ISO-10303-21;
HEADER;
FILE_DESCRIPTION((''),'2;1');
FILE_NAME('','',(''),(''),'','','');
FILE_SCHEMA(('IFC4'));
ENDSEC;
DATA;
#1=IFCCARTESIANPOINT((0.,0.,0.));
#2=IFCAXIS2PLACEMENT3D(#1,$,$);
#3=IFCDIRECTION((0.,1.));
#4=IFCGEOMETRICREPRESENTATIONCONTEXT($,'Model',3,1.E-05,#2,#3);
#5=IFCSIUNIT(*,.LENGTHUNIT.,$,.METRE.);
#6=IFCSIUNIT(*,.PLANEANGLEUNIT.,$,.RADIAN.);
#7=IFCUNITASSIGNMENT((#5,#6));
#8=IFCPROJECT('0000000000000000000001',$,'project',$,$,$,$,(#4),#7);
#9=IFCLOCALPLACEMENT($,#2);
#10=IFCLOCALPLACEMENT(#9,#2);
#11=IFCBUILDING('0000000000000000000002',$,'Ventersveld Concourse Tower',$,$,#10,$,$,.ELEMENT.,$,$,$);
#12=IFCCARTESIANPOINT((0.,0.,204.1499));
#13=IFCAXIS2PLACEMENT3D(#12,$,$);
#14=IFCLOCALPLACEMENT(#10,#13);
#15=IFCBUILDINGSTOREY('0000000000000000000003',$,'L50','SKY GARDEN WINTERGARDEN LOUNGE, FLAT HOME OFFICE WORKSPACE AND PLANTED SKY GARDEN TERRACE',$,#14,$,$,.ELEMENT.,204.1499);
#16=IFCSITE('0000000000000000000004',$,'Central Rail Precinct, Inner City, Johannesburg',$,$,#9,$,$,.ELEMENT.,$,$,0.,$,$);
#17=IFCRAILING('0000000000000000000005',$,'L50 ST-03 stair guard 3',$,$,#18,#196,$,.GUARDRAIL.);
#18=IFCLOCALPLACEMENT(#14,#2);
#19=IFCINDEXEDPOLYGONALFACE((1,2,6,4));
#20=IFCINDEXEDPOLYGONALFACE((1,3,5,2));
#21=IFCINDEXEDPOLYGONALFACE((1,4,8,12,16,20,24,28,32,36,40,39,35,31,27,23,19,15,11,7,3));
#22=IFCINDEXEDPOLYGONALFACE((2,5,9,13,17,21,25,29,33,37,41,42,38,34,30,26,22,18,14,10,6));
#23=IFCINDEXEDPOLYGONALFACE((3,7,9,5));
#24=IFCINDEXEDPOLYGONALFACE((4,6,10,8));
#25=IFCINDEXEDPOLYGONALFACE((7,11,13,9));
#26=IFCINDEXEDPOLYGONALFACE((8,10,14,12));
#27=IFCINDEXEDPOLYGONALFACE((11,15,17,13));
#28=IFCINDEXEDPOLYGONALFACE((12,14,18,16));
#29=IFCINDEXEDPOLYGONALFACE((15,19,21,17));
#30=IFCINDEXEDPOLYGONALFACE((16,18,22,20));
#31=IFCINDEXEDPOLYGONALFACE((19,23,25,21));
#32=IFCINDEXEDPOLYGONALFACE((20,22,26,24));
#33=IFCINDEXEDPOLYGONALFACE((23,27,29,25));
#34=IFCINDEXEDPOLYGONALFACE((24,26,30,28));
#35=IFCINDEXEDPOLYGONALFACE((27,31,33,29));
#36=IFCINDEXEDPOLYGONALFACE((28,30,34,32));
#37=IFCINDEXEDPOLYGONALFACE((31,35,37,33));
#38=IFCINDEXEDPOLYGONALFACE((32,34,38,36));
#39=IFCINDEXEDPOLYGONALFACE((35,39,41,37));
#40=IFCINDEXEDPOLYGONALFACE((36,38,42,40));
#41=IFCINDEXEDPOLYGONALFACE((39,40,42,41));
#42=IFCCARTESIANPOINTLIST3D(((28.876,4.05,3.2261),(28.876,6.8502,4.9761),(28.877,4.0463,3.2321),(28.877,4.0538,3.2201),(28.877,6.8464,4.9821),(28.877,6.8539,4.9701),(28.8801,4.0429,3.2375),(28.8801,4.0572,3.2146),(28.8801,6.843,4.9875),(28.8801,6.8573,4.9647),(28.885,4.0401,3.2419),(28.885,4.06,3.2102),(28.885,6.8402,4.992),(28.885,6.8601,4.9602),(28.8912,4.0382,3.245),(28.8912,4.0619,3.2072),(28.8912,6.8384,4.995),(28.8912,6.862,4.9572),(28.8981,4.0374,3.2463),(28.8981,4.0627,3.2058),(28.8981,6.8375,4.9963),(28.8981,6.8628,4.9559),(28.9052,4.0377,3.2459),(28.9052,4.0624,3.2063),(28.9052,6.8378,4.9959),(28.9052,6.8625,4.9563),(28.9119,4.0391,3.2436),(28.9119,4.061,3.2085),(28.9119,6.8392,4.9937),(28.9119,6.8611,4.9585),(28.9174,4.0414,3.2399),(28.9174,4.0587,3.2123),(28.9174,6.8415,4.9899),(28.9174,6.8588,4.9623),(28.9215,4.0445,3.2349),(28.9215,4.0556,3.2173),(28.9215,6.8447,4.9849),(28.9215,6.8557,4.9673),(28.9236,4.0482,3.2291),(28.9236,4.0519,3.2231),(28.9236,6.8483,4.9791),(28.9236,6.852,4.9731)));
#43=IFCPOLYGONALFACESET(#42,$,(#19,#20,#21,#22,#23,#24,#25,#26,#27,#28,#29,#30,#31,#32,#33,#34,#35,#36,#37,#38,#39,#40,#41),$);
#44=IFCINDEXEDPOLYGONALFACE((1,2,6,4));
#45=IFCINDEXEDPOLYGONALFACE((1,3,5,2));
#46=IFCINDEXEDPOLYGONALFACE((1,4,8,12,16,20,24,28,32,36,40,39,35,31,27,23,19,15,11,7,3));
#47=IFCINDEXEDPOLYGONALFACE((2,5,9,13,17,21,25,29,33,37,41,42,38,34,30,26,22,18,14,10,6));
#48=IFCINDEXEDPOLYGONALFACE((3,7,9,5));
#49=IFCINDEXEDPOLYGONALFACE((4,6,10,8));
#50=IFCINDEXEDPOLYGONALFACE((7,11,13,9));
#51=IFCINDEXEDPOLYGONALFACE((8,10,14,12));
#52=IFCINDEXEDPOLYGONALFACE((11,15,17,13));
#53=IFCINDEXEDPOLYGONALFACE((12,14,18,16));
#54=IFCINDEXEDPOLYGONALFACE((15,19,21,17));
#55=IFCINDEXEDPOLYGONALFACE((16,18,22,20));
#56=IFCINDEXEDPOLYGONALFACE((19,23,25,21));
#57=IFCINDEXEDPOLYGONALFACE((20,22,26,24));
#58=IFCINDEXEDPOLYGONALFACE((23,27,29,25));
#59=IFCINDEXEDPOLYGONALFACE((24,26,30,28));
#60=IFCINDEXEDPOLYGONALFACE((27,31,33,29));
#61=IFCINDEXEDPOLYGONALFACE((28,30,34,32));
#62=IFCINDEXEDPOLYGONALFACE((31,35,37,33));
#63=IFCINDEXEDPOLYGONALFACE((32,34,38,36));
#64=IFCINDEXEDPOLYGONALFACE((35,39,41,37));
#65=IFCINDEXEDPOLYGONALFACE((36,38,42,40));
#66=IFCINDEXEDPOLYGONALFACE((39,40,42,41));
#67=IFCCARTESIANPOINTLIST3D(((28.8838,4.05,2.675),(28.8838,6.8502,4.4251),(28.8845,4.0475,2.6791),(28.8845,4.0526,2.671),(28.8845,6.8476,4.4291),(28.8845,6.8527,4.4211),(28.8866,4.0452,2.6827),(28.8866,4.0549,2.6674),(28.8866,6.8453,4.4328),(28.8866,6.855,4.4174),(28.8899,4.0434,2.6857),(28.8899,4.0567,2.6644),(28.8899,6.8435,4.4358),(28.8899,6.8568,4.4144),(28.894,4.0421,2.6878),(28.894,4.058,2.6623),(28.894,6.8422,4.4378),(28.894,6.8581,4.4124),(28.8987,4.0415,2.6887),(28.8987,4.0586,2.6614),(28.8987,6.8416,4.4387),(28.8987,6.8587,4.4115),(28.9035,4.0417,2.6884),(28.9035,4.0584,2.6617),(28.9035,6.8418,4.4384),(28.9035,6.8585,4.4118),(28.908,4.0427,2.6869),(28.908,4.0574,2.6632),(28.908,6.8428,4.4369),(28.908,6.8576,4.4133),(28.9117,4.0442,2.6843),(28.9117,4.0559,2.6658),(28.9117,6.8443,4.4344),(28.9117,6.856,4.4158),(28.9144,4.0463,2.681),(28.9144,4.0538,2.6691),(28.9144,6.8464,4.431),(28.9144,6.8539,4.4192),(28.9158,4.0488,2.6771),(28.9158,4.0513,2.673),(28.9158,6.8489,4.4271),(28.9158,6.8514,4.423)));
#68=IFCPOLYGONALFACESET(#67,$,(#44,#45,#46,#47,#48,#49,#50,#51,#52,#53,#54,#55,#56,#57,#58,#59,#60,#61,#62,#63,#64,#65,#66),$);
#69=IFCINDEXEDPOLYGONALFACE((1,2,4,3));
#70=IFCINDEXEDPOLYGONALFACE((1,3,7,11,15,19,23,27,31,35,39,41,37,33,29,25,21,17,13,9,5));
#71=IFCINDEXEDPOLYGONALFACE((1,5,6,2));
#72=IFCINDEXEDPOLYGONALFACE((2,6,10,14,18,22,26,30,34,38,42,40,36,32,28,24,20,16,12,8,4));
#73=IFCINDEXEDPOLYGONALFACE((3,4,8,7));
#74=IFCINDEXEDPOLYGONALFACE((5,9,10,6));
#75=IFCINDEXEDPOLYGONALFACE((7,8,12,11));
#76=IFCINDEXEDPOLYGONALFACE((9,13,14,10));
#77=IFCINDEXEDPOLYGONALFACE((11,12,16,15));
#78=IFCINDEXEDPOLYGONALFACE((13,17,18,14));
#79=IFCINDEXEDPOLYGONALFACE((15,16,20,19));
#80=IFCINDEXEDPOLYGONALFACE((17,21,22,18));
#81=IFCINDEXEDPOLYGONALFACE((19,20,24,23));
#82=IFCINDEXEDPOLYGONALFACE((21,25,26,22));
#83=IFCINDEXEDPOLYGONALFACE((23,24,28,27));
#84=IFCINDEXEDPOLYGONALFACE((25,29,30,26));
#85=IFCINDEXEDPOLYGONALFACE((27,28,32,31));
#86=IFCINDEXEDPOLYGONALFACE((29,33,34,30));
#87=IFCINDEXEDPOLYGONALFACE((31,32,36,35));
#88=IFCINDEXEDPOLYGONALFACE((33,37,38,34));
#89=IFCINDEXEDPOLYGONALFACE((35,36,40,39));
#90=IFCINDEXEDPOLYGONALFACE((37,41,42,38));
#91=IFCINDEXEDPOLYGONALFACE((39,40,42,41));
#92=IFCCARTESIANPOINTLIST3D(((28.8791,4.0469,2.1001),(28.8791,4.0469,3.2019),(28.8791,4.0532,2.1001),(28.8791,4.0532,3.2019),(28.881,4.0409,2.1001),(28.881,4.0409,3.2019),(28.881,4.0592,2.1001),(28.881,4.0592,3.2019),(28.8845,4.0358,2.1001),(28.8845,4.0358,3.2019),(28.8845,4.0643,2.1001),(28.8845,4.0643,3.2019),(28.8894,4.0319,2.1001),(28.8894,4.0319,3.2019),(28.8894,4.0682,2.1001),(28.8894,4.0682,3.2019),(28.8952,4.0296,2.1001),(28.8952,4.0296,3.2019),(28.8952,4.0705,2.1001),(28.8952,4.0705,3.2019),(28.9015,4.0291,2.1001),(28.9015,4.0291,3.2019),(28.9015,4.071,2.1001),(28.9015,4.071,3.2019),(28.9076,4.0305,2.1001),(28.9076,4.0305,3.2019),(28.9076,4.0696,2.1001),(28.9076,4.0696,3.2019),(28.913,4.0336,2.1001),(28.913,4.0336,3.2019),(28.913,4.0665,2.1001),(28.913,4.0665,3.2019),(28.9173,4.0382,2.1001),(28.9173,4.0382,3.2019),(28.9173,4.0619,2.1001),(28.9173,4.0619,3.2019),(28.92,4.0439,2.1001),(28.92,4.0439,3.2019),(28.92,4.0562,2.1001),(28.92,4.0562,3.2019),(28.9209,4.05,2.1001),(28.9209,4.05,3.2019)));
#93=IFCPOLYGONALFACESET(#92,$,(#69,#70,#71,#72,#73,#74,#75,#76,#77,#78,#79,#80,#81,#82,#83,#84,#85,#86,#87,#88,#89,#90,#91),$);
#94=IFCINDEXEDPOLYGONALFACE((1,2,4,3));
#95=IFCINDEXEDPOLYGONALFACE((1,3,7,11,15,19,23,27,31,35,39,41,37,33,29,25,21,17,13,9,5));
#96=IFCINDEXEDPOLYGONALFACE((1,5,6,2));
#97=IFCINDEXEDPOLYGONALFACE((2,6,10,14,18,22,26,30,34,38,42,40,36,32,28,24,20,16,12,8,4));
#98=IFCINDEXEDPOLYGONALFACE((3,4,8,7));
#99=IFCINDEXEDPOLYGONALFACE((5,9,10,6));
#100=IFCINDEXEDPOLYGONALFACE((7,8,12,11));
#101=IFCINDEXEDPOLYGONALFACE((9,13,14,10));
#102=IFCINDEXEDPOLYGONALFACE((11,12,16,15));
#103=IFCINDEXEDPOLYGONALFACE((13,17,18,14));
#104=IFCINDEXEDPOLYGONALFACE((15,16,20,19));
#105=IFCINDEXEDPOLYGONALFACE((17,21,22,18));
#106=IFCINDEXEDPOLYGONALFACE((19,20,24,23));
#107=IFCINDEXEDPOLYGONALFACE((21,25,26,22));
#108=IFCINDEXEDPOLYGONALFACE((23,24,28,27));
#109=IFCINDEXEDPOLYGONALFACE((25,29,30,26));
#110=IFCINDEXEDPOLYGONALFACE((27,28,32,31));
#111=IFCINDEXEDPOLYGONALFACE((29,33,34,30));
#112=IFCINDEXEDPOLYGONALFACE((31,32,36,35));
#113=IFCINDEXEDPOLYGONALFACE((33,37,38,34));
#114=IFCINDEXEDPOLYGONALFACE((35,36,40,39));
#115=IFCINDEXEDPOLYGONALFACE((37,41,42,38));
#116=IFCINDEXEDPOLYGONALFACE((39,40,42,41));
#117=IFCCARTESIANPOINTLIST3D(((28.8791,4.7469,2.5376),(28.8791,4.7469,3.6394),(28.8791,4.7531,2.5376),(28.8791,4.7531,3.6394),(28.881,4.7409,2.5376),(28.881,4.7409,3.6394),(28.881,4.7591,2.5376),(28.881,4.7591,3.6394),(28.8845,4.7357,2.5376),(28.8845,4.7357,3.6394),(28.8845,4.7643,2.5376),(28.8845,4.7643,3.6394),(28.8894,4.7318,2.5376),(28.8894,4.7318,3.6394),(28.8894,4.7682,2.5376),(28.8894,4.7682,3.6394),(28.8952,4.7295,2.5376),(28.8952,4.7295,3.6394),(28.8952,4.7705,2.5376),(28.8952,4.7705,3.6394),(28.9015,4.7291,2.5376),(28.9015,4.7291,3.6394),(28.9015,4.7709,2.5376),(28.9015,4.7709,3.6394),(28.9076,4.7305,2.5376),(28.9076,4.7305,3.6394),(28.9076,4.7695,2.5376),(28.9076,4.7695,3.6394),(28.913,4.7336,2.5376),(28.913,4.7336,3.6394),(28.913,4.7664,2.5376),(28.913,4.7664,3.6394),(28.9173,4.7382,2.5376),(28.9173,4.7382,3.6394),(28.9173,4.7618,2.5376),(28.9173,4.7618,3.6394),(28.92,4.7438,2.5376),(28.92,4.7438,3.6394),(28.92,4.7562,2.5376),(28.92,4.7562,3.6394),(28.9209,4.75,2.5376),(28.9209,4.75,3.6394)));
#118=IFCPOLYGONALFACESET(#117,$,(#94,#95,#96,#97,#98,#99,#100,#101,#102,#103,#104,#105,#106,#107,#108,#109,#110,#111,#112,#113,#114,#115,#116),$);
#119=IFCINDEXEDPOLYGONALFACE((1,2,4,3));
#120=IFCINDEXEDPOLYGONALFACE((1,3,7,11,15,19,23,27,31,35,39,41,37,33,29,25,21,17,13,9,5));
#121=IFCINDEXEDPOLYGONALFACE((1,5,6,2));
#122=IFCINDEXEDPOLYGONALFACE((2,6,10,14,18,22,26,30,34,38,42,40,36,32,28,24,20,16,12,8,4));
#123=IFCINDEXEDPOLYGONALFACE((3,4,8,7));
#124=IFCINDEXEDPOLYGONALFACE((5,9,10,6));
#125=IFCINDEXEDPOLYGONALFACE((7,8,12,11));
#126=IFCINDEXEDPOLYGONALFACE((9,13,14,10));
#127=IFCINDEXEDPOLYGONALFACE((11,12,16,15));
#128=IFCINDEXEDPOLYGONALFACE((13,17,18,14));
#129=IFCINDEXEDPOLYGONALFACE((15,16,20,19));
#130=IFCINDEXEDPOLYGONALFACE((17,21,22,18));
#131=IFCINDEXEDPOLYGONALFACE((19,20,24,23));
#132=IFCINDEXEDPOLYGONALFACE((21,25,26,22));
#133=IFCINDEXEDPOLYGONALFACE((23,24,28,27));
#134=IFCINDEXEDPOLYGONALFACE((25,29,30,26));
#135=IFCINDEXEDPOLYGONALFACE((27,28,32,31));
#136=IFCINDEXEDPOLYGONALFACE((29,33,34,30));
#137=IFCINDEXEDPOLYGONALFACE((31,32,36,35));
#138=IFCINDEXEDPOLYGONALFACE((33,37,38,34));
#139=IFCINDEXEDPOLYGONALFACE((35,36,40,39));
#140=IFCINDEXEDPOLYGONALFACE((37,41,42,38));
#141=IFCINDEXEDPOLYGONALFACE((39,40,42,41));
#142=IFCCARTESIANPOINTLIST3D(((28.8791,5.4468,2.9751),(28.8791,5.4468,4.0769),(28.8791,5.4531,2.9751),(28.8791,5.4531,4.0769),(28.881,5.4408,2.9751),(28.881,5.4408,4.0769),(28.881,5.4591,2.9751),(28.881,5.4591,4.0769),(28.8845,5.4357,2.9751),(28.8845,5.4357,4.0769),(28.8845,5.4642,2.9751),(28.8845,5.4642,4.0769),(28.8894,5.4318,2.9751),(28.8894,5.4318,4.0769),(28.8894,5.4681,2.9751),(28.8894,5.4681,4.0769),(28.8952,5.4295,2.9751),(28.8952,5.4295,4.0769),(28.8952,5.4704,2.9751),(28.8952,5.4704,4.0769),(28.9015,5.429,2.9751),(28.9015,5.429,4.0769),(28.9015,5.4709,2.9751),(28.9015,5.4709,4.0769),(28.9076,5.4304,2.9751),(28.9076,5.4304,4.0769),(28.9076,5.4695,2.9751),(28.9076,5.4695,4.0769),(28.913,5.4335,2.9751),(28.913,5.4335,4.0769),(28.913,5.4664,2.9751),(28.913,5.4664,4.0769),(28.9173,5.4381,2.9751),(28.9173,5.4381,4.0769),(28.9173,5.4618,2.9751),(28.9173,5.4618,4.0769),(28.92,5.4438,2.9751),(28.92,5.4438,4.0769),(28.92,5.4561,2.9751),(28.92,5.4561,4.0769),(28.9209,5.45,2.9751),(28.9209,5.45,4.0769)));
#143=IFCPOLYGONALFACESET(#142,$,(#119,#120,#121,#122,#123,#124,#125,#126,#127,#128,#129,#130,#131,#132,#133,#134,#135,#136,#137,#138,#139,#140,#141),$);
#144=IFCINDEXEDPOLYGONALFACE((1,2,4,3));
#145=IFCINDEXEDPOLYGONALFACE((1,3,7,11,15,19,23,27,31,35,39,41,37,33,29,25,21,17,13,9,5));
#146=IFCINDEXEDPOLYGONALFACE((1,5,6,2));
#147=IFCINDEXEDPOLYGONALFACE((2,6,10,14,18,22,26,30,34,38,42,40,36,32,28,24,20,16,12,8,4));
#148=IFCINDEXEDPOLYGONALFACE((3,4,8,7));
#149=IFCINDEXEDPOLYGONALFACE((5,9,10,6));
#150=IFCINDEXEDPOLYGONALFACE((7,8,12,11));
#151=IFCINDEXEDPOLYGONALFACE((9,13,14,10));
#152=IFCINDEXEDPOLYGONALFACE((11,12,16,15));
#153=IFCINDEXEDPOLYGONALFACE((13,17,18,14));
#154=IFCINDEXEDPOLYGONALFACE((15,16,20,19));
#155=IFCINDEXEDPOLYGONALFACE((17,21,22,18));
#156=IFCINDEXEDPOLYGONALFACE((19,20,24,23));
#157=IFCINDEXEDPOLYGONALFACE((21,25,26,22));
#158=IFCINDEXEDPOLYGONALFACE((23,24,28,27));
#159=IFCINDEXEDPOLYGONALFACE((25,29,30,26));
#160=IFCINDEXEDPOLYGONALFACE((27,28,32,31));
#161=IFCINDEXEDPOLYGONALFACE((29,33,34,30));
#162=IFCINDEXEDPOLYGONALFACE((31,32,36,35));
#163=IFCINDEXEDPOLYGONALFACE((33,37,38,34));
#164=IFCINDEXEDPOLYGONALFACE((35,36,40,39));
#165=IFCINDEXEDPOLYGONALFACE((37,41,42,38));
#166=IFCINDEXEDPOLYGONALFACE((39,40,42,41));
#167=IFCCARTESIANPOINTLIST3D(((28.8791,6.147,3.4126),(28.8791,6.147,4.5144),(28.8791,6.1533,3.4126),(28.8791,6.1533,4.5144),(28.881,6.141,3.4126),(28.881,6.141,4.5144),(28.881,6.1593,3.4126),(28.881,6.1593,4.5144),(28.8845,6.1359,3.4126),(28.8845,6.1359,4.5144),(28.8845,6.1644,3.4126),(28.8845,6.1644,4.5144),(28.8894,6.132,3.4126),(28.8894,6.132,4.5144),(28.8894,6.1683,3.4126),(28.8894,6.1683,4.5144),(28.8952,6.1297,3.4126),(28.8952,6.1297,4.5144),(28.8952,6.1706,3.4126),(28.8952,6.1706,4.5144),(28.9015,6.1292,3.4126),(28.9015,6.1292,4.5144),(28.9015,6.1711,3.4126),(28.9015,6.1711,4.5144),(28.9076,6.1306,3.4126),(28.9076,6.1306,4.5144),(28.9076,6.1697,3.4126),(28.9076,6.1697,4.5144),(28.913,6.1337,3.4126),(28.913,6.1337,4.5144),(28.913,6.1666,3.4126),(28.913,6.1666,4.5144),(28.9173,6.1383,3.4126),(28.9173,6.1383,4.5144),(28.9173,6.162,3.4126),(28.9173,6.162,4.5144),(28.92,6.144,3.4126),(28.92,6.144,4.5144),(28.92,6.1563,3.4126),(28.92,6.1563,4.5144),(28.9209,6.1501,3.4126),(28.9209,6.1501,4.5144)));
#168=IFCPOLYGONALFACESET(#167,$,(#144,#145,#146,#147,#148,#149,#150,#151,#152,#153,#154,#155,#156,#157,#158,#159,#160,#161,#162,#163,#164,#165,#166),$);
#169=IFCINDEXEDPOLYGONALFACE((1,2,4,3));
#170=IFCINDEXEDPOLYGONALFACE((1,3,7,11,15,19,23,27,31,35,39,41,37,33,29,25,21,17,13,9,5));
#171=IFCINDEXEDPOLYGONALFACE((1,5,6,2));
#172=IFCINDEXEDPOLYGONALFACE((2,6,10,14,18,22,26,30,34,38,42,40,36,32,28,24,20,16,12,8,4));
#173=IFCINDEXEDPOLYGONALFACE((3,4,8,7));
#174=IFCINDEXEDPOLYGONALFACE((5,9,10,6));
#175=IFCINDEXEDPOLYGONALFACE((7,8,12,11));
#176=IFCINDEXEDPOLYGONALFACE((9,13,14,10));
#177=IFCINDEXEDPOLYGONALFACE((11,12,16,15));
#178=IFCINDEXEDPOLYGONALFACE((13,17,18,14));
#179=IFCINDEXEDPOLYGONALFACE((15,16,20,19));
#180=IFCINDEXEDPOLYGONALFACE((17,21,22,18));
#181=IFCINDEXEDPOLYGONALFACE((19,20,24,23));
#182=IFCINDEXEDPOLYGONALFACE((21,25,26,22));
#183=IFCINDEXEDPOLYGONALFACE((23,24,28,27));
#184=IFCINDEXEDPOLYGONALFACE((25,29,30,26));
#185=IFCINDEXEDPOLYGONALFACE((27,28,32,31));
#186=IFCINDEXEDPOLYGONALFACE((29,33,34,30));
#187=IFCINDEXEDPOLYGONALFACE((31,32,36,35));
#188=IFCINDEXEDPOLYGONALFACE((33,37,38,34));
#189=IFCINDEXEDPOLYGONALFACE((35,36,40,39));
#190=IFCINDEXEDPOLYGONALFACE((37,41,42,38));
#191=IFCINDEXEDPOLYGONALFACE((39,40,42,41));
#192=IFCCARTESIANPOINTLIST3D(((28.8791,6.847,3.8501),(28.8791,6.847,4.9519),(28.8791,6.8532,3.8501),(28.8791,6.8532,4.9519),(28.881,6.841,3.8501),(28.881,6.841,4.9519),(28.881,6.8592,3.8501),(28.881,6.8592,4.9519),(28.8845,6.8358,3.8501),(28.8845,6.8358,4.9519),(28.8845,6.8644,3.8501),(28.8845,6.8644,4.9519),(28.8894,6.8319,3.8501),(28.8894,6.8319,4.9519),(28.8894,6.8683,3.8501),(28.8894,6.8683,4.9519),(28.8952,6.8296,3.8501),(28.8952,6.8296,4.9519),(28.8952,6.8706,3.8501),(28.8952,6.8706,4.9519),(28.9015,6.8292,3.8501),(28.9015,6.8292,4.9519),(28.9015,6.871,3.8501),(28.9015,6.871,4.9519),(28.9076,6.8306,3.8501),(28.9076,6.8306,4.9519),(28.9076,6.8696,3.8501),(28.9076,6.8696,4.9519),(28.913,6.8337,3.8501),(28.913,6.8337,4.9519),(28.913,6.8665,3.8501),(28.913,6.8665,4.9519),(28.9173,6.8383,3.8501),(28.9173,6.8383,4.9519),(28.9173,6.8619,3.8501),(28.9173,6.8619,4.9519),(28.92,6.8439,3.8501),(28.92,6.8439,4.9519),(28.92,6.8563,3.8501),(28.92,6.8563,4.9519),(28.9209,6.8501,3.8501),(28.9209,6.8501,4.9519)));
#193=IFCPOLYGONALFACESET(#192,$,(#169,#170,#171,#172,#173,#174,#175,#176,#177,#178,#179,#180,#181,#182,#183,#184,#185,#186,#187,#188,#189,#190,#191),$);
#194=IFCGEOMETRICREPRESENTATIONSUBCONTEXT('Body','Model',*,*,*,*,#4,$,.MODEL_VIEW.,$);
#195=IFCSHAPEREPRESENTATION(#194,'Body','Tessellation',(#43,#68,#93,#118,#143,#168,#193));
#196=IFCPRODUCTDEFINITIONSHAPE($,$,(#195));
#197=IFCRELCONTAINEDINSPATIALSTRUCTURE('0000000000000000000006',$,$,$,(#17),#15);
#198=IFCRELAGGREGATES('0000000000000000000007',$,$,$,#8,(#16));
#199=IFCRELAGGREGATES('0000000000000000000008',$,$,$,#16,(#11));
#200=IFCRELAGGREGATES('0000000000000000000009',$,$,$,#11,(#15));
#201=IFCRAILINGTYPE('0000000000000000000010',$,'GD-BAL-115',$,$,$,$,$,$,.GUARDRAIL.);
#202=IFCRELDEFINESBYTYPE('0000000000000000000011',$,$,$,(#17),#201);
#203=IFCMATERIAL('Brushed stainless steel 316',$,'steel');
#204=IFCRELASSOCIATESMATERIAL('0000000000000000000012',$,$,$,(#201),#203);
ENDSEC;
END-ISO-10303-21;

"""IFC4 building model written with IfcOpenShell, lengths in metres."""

from ifc_helpers import new_model, si_unit, direction, frame, origin, origin_2d, place, context, subcontext, project, spatial, circle, extrude, material, type_object, element, save


model = new_model("IFC4")

# Units and contexts
model_context = context("Model", 3, precision=1e-05, world=origin(), true_north=direction((0.0, 1.0)))
body_context = subcontext(model_context, "Body", "Model", "MODEL_VIEW")
ifc_project = project(units=[si_unit("LENGTHUNIT", "METRE"), si_unit("PLANEANGLEUNIT", "RADIAN")], contexts=[model_context])

# Site, building, storey
site_placement = place(None, origin())
site = spatial("IfcSite", under=ifc_project, at=site_placement, Name="Central Rail Precinct, Inner City, Johannesburg", CompositionType="ELEMENT", RefElevation=0.0)
building_placement = place(site_placement, origin())
building = spatial("IfcBuilding", under=site, at=building_placement, Name="Ventersveld Concourse Tower", CompositionType="ELEMENT")
storey_placement = place(building_placement, frame((0.0, 0.0, 204.1499)))
storey = spatial("IfcBuildingStorey", under=building, at=storey_placement, Name="L50", Description="SKY GARDEN WINTERGARDEN LOUNGE, FLAT HOME OFFICE WORKSPACE AND PLANTED SKY GARDEN TERRACE", CompositionType="ELEMENT", Elevation=204.1499)

# Shared definitions
ifc_material_1 = material(Name="Brushed stainless steel 316", Category="steel")

# Railing
railing_type = type_object("IfcRailingType", Name="GD-BAL-115", PredefinedType="GUARDRAIL", material=ifc_material_1)
railing_1_placement = place(storey_placement, frame((28.8999, 4.05, 2.1001)))
element("IfcRailing", 1, at=railing_1_placement, inside=storey, type_object=railing_type, Name="L50 ST-03 stair guard 3", PredefinedType="GUARDRAIL", context=body_context, shape_type="SweptSolid", body=[
    extrude(circle(Radius=0.0239, at=origin_2d()), frame((0.0, 0.0, 1.126), z_axis=(0.0, 0.848002, 0.529992), x_axis=(-1.0, 0.0, 0.0)), (0.0, 0.0, 1.0), 3.302),
    extrude(circle(Radius=0.0161, at=origin_2d()), frame((0.0, 0.0, 0.575), z_axis=(0.0, 0.848002, 0.529992), x_axis=(-1.0, 0.0, 0.0)), (0.0, 0.0, 1.0), 3.302),
    extrude(circle(Radius=0.021, at=origin_2d()), origin(), (0.0, 0.0, 1.0), 1.1018),
    extrude(circle(Radius=0.021, at=origin_2d()), frame((0.0, 0.7, 0.4375)), (0.0, 0.0, 1.0), 1.1018),
    extrude(circle(Radius=0.021, at=origin_2d()), frame((0.0, 1.3999, 0.875)), (0.0, 0.0, 1.0), 1.1018),
    extrude(circle(Radius=0.021, at=origin_2d()), frame((0.0, 2.1001, 1.3125)), (0.0, 0.0, 1.0), 1.1018),
    extrude(circle(Radius=0.021, at=origin_2d()), frame((0.0, 2.8, 1.75)), (0.0, 0.0, 1.0), 1.1018),
])

save(model, "model.ifc")
